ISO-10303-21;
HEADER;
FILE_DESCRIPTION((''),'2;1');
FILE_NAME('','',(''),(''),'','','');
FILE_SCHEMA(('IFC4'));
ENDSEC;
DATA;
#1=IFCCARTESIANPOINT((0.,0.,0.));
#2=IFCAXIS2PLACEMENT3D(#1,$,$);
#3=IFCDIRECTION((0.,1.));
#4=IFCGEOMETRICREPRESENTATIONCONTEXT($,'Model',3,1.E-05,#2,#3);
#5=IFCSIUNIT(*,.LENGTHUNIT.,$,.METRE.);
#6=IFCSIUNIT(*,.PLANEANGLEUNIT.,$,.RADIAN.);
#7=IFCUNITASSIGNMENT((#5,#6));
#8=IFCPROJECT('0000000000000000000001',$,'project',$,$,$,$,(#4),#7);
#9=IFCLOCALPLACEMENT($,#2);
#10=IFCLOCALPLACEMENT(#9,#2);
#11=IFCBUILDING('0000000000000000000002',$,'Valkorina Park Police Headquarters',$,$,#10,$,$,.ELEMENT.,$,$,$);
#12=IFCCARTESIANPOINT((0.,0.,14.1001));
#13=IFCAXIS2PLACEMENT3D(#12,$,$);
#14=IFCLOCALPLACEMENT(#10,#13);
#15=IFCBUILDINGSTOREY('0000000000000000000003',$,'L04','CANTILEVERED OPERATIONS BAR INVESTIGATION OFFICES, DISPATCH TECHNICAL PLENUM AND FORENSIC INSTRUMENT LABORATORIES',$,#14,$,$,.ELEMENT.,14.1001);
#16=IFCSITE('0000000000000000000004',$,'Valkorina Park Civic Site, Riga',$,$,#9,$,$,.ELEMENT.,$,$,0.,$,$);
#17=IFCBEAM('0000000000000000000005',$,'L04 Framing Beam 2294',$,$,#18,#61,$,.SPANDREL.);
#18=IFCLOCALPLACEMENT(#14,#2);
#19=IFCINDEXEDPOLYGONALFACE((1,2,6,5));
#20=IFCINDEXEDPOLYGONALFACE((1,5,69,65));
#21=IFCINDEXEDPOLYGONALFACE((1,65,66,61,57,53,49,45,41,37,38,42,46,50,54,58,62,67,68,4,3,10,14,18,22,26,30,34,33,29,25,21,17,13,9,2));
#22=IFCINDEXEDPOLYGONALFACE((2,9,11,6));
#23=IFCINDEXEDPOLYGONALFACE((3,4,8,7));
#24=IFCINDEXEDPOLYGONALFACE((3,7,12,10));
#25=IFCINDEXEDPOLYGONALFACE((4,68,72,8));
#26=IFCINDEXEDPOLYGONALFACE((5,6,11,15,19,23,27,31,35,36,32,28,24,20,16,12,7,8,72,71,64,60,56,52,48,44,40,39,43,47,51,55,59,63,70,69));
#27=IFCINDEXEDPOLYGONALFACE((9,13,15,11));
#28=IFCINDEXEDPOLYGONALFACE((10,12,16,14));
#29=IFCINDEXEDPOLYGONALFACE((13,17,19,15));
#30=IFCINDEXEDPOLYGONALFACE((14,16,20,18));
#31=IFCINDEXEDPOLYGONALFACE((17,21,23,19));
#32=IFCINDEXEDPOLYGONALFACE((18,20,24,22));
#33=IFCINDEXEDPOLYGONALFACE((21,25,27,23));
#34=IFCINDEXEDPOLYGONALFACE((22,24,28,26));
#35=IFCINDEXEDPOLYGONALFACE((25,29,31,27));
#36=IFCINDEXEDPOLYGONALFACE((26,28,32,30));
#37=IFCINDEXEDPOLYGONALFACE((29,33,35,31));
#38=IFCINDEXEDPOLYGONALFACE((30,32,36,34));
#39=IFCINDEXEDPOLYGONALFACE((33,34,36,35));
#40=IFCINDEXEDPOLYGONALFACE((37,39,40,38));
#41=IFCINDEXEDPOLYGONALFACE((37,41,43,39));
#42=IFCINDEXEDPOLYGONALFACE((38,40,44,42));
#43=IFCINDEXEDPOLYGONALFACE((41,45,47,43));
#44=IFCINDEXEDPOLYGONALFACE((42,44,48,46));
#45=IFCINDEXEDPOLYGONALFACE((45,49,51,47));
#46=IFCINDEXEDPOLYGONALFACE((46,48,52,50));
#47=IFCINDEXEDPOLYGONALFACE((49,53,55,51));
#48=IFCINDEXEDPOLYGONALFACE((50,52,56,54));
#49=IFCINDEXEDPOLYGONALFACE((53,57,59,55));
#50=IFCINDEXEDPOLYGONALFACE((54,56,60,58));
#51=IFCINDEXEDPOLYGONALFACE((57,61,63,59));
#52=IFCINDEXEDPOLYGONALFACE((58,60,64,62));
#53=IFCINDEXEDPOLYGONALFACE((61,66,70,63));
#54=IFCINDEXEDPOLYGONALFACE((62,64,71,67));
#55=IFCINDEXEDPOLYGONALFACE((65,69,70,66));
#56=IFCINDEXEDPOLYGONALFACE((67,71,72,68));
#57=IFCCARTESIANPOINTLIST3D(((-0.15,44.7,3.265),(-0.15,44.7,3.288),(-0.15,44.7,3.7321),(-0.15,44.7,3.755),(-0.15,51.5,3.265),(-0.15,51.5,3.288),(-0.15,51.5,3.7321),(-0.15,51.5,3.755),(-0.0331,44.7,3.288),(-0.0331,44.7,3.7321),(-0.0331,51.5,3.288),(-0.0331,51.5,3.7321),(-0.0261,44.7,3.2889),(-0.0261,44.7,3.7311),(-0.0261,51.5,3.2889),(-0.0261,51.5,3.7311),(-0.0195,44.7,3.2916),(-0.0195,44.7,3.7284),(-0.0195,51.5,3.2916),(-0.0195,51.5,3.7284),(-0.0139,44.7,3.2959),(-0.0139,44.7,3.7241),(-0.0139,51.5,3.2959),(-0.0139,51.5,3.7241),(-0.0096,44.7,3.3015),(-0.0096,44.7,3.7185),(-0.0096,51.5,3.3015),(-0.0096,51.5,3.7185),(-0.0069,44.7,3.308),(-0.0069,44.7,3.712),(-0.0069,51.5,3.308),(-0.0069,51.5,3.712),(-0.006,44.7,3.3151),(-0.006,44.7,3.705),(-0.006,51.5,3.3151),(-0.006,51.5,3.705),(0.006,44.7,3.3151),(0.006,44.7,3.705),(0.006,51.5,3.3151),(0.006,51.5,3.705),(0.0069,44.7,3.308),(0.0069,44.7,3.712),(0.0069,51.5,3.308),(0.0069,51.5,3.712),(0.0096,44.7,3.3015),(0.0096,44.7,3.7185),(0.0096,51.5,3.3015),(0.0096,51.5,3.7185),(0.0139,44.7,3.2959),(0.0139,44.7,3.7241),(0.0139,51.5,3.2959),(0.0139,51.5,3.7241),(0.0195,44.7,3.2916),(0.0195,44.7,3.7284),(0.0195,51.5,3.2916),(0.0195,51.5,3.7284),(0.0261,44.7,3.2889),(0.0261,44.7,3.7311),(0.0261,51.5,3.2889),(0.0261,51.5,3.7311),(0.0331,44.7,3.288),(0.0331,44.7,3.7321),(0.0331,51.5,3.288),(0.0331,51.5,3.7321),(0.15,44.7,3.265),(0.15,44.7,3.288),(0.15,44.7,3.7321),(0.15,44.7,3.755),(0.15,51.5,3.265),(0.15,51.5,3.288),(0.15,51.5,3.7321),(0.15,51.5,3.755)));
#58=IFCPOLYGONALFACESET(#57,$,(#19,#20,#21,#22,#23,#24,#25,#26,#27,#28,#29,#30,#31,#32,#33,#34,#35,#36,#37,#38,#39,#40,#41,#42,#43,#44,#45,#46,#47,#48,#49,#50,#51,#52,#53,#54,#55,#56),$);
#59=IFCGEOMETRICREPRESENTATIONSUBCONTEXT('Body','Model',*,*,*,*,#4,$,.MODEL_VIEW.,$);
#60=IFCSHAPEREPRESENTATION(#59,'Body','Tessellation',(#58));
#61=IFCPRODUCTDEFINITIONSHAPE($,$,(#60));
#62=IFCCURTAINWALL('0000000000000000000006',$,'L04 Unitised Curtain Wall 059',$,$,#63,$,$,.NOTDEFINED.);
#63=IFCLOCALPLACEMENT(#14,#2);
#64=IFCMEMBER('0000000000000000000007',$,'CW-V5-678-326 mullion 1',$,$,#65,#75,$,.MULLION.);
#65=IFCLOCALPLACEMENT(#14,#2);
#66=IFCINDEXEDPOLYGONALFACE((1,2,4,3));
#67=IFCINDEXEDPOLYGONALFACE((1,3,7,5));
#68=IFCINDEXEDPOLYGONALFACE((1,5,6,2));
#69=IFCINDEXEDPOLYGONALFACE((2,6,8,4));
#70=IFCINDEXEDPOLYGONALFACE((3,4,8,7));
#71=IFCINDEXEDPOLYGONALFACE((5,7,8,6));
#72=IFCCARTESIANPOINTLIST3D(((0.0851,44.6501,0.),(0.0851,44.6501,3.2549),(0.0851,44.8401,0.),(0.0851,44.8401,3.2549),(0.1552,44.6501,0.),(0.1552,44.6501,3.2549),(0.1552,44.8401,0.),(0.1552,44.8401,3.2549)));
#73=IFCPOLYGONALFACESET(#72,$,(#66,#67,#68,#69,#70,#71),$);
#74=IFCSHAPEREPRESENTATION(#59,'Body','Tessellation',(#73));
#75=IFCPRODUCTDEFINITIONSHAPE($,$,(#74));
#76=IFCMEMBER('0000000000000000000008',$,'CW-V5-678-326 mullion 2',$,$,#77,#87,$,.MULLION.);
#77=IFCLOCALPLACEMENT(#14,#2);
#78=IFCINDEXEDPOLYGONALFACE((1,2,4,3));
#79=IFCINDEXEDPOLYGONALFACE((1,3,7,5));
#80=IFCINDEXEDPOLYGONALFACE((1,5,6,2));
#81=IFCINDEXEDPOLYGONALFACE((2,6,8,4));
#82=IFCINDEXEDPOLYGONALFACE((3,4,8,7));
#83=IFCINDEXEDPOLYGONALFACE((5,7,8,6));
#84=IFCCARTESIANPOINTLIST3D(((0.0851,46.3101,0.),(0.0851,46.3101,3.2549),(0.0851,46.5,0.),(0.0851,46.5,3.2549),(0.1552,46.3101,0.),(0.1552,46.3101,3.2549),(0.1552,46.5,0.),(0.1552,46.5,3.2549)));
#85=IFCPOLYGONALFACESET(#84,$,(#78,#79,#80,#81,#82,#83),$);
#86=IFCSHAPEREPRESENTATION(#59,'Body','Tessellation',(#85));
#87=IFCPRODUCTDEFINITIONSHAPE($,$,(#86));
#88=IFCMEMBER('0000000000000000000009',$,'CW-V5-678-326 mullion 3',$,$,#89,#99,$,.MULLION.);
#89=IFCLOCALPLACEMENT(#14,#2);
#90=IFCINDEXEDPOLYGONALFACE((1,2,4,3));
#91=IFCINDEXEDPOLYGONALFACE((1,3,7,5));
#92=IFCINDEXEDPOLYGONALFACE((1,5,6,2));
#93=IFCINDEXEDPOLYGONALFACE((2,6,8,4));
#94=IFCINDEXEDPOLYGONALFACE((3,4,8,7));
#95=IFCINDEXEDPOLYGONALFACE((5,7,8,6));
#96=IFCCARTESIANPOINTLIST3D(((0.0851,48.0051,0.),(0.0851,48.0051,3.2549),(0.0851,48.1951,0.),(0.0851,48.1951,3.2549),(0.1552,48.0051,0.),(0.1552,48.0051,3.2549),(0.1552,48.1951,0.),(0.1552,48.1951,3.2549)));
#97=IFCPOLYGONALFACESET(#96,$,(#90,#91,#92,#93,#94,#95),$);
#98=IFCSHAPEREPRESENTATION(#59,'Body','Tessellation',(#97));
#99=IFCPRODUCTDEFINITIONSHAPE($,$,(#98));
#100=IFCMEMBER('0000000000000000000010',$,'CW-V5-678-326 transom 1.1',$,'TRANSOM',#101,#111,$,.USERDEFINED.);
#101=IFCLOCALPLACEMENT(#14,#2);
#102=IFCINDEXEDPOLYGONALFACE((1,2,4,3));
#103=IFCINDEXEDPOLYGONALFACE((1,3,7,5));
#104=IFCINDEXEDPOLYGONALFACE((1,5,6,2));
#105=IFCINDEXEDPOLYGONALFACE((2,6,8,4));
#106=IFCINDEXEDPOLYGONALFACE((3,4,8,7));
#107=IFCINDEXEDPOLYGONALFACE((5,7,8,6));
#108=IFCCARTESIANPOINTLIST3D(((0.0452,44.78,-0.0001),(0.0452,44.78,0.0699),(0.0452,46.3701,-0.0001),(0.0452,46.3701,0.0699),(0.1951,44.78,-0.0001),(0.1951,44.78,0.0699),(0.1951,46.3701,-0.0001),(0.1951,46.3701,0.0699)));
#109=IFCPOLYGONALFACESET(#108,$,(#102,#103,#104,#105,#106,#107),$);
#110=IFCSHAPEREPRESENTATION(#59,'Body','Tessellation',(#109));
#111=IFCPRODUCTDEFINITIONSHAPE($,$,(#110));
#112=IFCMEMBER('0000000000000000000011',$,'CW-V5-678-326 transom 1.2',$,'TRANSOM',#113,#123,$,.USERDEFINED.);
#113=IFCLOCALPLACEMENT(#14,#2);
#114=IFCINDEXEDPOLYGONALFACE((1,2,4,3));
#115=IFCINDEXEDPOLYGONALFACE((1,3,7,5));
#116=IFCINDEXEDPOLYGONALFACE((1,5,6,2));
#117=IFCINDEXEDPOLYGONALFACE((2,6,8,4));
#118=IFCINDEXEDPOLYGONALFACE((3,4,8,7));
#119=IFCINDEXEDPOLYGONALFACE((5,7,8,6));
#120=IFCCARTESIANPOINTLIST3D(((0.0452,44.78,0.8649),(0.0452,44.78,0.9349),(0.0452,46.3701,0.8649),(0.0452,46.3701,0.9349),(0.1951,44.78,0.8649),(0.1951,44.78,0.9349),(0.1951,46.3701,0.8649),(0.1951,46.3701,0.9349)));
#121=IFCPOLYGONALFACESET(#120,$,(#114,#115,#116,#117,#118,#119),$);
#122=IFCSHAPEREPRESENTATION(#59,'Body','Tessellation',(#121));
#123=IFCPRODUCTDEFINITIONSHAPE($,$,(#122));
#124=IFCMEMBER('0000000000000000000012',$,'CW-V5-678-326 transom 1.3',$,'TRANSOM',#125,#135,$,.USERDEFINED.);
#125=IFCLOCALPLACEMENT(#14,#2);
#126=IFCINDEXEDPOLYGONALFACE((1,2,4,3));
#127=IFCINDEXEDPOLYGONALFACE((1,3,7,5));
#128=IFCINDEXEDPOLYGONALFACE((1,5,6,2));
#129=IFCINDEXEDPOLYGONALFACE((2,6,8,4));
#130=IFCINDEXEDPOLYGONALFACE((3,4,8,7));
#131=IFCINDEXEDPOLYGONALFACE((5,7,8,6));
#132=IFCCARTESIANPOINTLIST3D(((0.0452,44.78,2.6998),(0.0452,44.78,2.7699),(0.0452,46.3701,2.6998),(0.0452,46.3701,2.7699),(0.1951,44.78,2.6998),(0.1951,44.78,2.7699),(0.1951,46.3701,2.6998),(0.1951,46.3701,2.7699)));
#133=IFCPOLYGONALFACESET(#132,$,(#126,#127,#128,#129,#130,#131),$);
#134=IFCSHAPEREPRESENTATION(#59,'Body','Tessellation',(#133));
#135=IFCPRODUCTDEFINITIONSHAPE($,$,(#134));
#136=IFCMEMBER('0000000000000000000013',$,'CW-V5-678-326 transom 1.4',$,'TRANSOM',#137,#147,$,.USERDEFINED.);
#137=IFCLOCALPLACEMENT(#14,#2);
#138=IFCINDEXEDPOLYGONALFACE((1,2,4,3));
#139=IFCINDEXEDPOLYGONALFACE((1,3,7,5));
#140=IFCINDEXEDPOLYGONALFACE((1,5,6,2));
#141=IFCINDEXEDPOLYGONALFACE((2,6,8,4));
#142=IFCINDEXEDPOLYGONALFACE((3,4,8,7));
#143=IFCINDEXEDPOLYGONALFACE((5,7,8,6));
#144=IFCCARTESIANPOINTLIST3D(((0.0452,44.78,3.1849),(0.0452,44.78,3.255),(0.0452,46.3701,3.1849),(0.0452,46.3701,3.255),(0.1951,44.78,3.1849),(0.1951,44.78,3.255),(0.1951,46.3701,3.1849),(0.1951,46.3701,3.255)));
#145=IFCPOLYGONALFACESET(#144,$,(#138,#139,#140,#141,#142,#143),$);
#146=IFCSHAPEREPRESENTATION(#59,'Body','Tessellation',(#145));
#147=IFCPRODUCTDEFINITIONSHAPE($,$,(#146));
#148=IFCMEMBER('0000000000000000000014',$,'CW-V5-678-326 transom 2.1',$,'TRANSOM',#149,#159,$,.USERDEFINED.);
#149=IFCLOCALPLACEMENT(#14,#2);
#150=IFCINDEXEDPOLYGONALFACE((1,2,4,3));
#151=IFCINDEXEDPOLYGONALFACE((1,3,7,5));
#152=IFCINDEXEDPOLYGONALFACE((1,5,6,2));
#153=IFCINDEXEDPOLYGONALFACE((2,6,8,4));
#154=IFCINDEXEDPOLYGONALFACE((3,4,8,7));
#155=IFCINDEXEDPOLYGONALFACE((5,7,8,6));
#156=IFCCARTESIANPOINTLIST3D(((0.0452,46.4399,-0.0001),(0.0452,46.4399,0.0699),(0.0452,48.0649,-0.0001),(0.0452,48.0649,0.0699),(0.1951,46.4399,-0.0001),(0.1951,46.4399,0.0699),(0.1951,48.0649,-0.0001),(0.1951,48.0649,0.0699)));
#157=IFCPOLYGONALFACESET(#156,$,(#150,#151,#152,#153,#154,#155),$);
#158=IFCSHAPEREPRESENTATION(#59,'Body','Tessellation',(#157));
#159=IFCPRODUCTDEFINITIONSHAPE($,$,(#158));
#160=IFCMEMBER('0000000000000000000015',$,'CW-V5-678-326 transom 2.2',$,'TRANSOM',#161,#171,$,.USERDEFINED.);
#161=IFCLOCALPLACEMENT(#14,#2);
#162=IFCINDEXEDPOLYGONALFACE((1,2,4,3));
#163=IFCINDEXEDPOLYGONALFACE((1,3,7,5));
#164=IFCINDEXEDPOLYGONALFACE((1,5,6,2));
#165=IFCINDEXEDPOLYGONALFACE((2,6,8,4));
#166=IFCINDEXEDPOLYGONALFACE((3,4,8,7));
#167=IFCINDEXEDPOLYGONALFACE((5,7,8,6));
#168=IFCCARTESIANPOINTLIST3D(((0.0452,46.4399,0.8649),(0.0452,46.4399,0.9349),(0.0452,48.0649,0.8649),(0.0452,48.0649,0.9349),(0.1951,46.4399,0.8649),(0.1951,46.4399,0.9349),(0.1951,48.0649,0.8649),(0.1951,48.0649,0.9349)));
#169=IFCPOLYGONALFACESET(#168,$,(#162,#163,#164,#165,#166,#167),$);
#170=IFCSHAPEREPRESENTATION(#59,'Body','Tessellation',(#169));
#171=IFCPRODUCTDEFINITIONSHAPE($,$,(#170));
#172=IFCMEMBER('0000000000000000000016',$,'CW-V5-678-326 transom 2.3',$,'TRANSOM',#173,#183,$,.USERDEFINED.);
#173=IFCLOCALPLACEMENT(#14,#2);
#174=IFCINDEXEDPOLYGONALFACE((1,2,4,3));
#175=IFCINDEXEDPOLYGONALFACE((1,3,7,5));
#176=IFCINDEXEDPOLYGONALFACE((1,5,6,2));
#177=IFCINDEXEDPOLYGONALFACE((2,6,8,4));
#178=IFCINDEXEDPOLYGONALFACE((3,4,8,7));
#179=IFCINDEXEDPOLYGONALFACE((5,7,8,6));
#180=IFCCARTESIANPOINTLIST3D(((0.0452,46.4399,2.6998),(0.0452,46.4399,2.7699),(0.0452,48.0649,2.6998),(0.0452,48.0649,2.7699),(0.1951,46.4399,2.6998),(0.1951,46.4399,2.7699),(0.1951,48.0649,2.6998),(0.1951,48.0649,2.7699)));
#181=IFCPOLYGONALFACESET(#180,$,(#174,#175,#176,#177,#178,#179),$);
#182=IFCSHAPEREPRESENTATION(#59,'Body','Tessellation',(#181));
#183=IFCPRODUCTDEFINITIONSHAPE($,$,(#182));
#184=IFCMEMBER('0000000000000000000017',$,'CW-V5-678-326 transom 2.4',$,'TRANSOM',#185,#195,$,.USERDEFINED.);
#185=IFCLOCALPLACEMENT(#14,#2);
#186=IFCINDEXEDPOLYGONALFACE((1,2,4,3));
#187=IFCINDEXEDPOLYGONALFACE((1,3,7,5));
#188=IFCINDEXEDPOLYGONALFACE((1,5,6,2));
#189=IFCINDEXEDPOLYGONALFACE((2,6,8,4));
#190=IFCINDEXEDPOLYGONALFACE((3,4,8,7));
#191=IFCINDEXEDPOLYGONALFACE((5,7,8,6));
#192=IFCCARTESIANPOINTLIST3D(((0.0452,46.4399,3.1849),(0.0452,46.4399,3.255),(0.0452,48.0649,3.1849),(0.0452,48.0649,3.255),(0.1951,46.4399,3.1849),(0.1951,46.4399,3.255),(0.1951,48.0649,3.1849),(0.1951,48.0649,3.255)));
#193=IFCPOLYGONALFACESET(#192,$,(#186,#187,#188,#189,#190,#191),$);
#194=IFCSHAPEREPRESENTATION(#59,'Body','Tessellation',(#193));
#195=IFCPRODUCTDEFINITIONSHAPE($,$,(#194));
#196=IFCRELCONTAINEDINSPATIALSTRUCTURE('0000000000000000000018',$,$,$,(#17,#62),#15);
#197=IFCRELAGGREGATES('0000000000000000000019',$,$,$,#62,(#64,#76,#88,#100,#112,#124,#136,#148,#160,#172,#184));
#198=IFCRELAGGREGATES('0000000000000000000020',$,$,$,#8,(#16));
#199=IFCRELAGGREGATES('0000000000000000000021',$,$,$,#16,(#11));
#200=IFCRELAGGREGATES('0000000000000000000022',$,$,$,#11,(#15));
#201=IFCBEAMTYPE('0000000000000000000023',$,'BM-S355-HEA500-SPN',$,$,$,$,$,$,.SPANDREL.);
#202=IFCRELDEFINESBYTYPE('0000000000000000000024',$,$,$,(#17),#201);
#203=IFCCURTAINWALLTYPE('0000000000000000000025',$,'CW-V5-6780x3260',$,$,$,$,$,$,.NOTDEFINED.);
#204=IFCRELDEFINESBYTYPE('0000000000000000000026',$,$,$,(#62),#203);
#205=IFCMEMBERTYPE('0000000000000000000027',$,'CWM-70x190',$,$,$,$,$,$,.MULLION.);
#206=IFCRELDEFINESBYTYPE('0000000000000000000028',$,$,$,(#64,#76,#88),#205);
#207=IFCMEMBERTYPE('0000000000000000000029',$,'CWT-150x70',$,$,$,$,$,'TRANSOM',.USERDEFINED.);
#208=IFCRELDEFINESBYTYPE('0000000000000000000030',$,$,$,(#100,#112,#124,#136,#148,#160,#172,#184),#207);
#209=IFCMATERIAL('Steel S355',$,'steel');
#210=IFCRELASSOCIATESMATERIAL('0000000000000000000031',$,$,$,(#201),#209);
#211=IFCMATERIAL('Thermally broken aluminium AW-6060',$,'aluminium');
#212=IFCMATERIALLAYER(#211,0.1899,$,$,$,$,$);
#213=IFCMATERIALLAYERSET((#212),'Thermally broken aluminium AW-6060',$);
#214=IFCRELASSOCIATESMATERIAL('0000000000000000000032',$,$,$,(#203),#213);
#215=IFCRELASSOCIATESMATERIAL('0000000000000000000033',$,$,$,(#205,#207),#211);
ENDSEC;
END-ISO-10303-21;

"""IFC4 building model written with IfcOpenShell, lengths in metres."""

from ifc_helpers import new_model, si_unit, direction, frame, origin, origin_2d, place, context, subcontext, project, spatial, rectangle, i_section, extrude, material, layer, layer_set, material_profile, profile_set, type_object, element, aggregate, save


model = new_model("IFC4")

# Units and contexts
model_context = context("Model", 3, precision=1e-05, world=origin(), true_north=direction((0.0, 1.0)))
body_context = subcontext(model_context, "Body", "Model", "MODEL_VIEW")
ifc_project = project(units=[si_unit("LENGTHUNIT", "METRE"), si_unit("PLANEANGLEUNIT", "RADIAN")], contexts=[model_context])

# Site, building, storey
site_placement = place(None, origin())
site = spatial("IfcSite", under=ifc_project, at=site_placement, Name="Valkorina Park Civic Site, Riga", CompositionType="ELEMENT", RefElevation=0.0)
building_placement = place(site_placement, origin())
building = spatial("IfcBuilding", under=site, at=building_placement, Name="Valkorina Park Police Headquarters", CompositionType="ELEMENT")
storey_placement = place(building_placement, frame((0.0, 0.0, 14.1001)))
storey = spatial("IfcBuildingStorey", under=building, at=storey_placement, Name="L04", Description="CANTILEVERED OPERATIONS BAR INVESTIGATION OFFICES, DISPATCH TECHNICAL PLENUM AND FORENSIC INSTRUMENT LABORATORIES", CompositionType="ELEMENT", Elevation=14.1001)

# Beam
ifc_material_1 = material(Name="Steel S355", Category="steel")
ifc_material_profile_1 = material_profile(ifc_material_1, i_section(OverallWidth=0.3, OverallDepth=0.49, WebThickness=0.012, FlangeThickness=0.0229, FilletRadius=0.0271, at=origin_2d()), Name="HEA 500")
ifc_profile_set_1 = profile_set([ifc_material_profile_1], Name="Steel S355")
beam_type = type_object("IfcBeamType", Name="BM-S355-HEA500-SPN", PredefinedType="SPANDREL", material=ifc_profile_set_1)
beam_placement = place(storey_placement, frame((0.0, 44.7, 3.51), z_axis=(0.0, 1.0, 0.0), x_axis=(-1.0, 0.0, 0.0)))
element("IfcBeam", 1, at=beam_placement, inside=storey, type_object=beam_type, Name="L04 Framing Beam 2294", PredefinedType="SPANDREL", context=body_context, shape_type="SweptSolid", body=[
    extrude(i_section(OverallWidth=0.3, OverallDepth=0.49, WebThickness=0.012, FlangeThickness=0.0229, FilletRadius=0.0271, at=origin_2d()), origin(), (0.0, 0.0, 1.0), 6.8),
])

# Curtain wall, members
ifc_material_2 = material(Name="Thermally broken aluminium AW-6060", Category="aluminium")
ifc_layer_1 = layer(ifc_material_2, 0.1899)
ifc_layer_set_1 = layer_set([ifc_layer_1], Name="Thermally broken aluminium AW-6060")
curtain_wall_type = type_object("IfcCurtainWallType", Name="CW-V5-6780x3260", PredefinedType="NOTDEFINED", material=ifc_layer_set_1)
curtain_wall_placement = place(storey_placement, origin())
curtain_wall = element("IfcCurtainWall", 2, at=curtain_wall_placement, inside=storey, type_object=curtain_wall_type, Name="L04 Unitised Curtain Wall 059", PredefinedType="NOTDEFINED")
ifc_material_profile_2 = material_profile(ifc_material_2, rectangle(XDim=0.0701, YDim=0.1899, at=origin_2d()), Name="CWM-02 70x190")
ifc_profile_set_2 = profile_set([ifc_material_profile_2], Name="Thermally broken aluminium AW-6060")
member_type_1 = type_object("IfcMemberType", Name="CWM-70x190", PredefinedType="MULLION", material=ifc_profile_set_2)
member_1_placement = place(storey_placement, frame((0.1201, 44.7451, 0.0), z_axis=(0.0, 0.0, 1.0), x_axis=(-1.0, 0.0, 0.0)))
member_1 = element("IfcMember", 3, at=member_1_placement, type_object=member_type_1, Name="CW-V5-678-326 mullion 1", PredefinedType="MULLION", context=body_context, shape_type="SweptSolid", body=[
    extrude(rectangle(XDim=0.0701, YDim=0.1899, at=origin_2d()), origin(), (0.0, 0.0, 1.0), 3.2549),
])
member_2_placement = place(storey_placement, frame((0.1201, 46.405, 0.0), z_axis=(0.0, 0.0, 1.0), x_axis=(-1.0, 0.0, 0.0)))
member_2 = element("IfcMember", 4, at=member_2_placement, type_object=member_type_1, Name="CW-V5-678-326 mullion 2", PredefinedType="MULLION", context=body_context, shape_type="SweptSolid", body=[
    extrude(rectangle(XDim=0.0701, YDim=0.1899, at=origin_2d()), origin(), (0.0, 0.0, 1.0), 3.2549),
])
member_3_placement = place(storey_placement, frame((0.1201, 48.1001, 0.0), z_axis=(0.0, 0.0, 1.0), x_axis=(-1.0, 0.0, 0.0)))
member_3 = element("IfcMember", 5, at=member_3_placement, type_object=member_type_1, Name="CW-V5-678-326 mullion 3", PredefinedType="MULLION", context=body_context, shape_type="SweptSolid", body=[
    extrude(rectangle(XDim=0.0701, YDim=0.1899, at=origin_2d()), origin(), (0.0, 0.0, 1.0), 3.2549),
])
ifc_material_profile_3 = material_profile(ifc_material_2, rectangle(XDim=0.1499, YDim=0.0701, at=origin_2d()), Name="CWT-02 150x70")
ifc_profile_set_3 = profile_set([ifc_material_profile_3], Name="Thermally broken aluminium AW-6060")
member_type_2 = type_object("IfcMemberType", Name="CWT-150x70", ElementType="TRANSOM", PredefinedType="USERDEFINED", material=ifc_profile_set_3)
member_4_placement = place(storey_placement, frame((0.1201, 44.78, 0.0349), z_axis=(0.0, 1.0, 0.0), x_axis=(-1.0, 0.0, 0.0)))
member_4 = element("IfcMember", 6, at=member_4_placement, type_object=member_type_2, Name="CW-V5-678-326 transom 1.1", ObjectType="TRANSOM", PredefinedType="USERDEFINED", context=body_context, shape_type="SweptSolid", body=[
    extrude(rectangle(XDim=0.1499, YDim=0.0701, at=origin_2d()), origin(), (0.0, 0.0, 1.0), 1.5901),
])
member_5_placement = place(storey_placement, frame((0.1201, 44.78, 0.8999), z_axis=(0.0, 1.0, 0.0), x_axis=(-1.0, 0.0, 0.0)))
member_5 = element("IfcMember", 7, at=member_5_placement, type_object=member_type_2, Name="CW-V5-678-326 transom 1.2", ObjectType="TRANSOM", PredefinedType="USERDEFINED", context=body_context, shape_type="SweptSolid", body=[
    extrude(rectangle(XDim=0.1499, YDim=0.0701, at=origin_2d()), origin(), (0.0, 0.0, 1.0), 1.5901),
])
member_6_placement = place(storey_placement, frame((0.1201, 44.78, 2.7349), z_axis=(0.0, 1.0, 0.0), x_axis=(-1.0, 0.0, 0.0)))
member_6 = element("IfcMember", 8, at=member_6_placement, type_object=member_type_2, Name="CW-V5-678-326 transom 1.3", ObjectType="TRANSOM", PredefinedType="USERDEFINED", context=body_context, shape_type="SweptSolid", body=[
    extrude(rectangle(XDim=0.1499, YDim=0.0701, at=origin_2d()), origin(), (0.0, 0.0, 1.0), 1.5901),
])
member_7_placement = place(storey_placement, frame((0.1201, 44.78, 3.22), z_axis=(0.0, 1.0, 0.0), x_axis=(-1.0, 0.0, 0.0)))
member_7 = element("IfcMember", 9, at=member_7_placement, type_object=member_type_2, Name="CW-V5-678-326 transom 1.4", ObjectType="TRANSOM", PredefinedType="USERDEFINED", context=body_context, shape_type="SweptSolid", body=[
    extrude(rectangle(XDim=0.1499, YDim=0.0701, at=origin_2d()), origin(), (0.0, 0.0, 1.0), 1.5901),
])
member_8_placement = place(storey_placement, frame((0.1201, 46.4399, 0.0349), z_axis=(0.0, 1.0, 0.0), x_axis=(-1.0, 0.0, 0.0)))
member_8 = element("IfcMember", 10, at=member_8_placement, type_object=member_type_2, Name="CW-V5-678-326 transom 2.1", ObjectType="TRANSOM", PredefinedType="USERDEFINED", context=body_context, shape_type="SweptSolid", body=[
    extrude(rectangle(XDim=0.1499, YDim=0.0701, at=origin_2d()), origin(), (0.0, 0.0, 1.0), 1.625),
])
member_9_placement = place(storey_placement, frame((0.1201, 46.4399, 0.8999), z_axis=(0.0, 1.0, 0.0), x_axis=(-1.0, 0.0, 0.0)))
member_9 = element("IfcMember", 11, at=member_9_placement, type_object=member_type_2, Name="CW-V5-678-326 transom 2.2", ObjectType="TRANSOM", PredefinedType="USERDEFINED", context=body_context, shape_type="SweptSolid", body=[
    extrude(rectangle(XDim=0.1499, YDim=0.0701, at=origin_2d()), origin(), (0.0, 0.0, 1.0), 1.625),
])
member_10_placement = place(storey_placement, frame((0.1201, 46.4399, 2.7349), z_axis=(0.0, 1.0, 0.0), x_axis=(-1.0, 0.0, 0.0)))
member_10 = element("IfcMember", 12, at=member_10_placement, type_object=member_type_2, Name="CW-V5-678-326 transom 2.3", ObjectType="TRANSOM", PredefinedType="USERDEFINED", context=body_context, shape_type="SweptSolid", body=[
    extrude(rectangle(XDim=0.1499, YDim=0.0701, at=origin_2d()), origin(), (0.0, 0.0, 1.0), 1.625),
])
member_11_placement = place(storey_placement, frame((0.1201, 46.4399, 3.22), z_axis=(0.0, 1.0, 0.0), x_axis=(-1.0, 0.0, 0.0)))
member_11 = element("IfcMember", 13, at=member_11_placement, type_object=member_type_2, Name="CW-V5-678-326 transom 2.4", ObjectType="TRANSOM", PredefinedType="USERDEFINED", context=body_context, shape_type="SweptSolid", body=[
    extrude(rectangle(XDim=0.1499, YDim=0.0701, at=origin_2d()), origin(), (0.0, 0.0, 1.0), 1.625),
])
aggregate(curtain_wall, [member_1, member_2, member_3, member_4, member_5, member_6, member_7, member_8, member_9, member_10, member_11])

save(model, "model.ifc")
